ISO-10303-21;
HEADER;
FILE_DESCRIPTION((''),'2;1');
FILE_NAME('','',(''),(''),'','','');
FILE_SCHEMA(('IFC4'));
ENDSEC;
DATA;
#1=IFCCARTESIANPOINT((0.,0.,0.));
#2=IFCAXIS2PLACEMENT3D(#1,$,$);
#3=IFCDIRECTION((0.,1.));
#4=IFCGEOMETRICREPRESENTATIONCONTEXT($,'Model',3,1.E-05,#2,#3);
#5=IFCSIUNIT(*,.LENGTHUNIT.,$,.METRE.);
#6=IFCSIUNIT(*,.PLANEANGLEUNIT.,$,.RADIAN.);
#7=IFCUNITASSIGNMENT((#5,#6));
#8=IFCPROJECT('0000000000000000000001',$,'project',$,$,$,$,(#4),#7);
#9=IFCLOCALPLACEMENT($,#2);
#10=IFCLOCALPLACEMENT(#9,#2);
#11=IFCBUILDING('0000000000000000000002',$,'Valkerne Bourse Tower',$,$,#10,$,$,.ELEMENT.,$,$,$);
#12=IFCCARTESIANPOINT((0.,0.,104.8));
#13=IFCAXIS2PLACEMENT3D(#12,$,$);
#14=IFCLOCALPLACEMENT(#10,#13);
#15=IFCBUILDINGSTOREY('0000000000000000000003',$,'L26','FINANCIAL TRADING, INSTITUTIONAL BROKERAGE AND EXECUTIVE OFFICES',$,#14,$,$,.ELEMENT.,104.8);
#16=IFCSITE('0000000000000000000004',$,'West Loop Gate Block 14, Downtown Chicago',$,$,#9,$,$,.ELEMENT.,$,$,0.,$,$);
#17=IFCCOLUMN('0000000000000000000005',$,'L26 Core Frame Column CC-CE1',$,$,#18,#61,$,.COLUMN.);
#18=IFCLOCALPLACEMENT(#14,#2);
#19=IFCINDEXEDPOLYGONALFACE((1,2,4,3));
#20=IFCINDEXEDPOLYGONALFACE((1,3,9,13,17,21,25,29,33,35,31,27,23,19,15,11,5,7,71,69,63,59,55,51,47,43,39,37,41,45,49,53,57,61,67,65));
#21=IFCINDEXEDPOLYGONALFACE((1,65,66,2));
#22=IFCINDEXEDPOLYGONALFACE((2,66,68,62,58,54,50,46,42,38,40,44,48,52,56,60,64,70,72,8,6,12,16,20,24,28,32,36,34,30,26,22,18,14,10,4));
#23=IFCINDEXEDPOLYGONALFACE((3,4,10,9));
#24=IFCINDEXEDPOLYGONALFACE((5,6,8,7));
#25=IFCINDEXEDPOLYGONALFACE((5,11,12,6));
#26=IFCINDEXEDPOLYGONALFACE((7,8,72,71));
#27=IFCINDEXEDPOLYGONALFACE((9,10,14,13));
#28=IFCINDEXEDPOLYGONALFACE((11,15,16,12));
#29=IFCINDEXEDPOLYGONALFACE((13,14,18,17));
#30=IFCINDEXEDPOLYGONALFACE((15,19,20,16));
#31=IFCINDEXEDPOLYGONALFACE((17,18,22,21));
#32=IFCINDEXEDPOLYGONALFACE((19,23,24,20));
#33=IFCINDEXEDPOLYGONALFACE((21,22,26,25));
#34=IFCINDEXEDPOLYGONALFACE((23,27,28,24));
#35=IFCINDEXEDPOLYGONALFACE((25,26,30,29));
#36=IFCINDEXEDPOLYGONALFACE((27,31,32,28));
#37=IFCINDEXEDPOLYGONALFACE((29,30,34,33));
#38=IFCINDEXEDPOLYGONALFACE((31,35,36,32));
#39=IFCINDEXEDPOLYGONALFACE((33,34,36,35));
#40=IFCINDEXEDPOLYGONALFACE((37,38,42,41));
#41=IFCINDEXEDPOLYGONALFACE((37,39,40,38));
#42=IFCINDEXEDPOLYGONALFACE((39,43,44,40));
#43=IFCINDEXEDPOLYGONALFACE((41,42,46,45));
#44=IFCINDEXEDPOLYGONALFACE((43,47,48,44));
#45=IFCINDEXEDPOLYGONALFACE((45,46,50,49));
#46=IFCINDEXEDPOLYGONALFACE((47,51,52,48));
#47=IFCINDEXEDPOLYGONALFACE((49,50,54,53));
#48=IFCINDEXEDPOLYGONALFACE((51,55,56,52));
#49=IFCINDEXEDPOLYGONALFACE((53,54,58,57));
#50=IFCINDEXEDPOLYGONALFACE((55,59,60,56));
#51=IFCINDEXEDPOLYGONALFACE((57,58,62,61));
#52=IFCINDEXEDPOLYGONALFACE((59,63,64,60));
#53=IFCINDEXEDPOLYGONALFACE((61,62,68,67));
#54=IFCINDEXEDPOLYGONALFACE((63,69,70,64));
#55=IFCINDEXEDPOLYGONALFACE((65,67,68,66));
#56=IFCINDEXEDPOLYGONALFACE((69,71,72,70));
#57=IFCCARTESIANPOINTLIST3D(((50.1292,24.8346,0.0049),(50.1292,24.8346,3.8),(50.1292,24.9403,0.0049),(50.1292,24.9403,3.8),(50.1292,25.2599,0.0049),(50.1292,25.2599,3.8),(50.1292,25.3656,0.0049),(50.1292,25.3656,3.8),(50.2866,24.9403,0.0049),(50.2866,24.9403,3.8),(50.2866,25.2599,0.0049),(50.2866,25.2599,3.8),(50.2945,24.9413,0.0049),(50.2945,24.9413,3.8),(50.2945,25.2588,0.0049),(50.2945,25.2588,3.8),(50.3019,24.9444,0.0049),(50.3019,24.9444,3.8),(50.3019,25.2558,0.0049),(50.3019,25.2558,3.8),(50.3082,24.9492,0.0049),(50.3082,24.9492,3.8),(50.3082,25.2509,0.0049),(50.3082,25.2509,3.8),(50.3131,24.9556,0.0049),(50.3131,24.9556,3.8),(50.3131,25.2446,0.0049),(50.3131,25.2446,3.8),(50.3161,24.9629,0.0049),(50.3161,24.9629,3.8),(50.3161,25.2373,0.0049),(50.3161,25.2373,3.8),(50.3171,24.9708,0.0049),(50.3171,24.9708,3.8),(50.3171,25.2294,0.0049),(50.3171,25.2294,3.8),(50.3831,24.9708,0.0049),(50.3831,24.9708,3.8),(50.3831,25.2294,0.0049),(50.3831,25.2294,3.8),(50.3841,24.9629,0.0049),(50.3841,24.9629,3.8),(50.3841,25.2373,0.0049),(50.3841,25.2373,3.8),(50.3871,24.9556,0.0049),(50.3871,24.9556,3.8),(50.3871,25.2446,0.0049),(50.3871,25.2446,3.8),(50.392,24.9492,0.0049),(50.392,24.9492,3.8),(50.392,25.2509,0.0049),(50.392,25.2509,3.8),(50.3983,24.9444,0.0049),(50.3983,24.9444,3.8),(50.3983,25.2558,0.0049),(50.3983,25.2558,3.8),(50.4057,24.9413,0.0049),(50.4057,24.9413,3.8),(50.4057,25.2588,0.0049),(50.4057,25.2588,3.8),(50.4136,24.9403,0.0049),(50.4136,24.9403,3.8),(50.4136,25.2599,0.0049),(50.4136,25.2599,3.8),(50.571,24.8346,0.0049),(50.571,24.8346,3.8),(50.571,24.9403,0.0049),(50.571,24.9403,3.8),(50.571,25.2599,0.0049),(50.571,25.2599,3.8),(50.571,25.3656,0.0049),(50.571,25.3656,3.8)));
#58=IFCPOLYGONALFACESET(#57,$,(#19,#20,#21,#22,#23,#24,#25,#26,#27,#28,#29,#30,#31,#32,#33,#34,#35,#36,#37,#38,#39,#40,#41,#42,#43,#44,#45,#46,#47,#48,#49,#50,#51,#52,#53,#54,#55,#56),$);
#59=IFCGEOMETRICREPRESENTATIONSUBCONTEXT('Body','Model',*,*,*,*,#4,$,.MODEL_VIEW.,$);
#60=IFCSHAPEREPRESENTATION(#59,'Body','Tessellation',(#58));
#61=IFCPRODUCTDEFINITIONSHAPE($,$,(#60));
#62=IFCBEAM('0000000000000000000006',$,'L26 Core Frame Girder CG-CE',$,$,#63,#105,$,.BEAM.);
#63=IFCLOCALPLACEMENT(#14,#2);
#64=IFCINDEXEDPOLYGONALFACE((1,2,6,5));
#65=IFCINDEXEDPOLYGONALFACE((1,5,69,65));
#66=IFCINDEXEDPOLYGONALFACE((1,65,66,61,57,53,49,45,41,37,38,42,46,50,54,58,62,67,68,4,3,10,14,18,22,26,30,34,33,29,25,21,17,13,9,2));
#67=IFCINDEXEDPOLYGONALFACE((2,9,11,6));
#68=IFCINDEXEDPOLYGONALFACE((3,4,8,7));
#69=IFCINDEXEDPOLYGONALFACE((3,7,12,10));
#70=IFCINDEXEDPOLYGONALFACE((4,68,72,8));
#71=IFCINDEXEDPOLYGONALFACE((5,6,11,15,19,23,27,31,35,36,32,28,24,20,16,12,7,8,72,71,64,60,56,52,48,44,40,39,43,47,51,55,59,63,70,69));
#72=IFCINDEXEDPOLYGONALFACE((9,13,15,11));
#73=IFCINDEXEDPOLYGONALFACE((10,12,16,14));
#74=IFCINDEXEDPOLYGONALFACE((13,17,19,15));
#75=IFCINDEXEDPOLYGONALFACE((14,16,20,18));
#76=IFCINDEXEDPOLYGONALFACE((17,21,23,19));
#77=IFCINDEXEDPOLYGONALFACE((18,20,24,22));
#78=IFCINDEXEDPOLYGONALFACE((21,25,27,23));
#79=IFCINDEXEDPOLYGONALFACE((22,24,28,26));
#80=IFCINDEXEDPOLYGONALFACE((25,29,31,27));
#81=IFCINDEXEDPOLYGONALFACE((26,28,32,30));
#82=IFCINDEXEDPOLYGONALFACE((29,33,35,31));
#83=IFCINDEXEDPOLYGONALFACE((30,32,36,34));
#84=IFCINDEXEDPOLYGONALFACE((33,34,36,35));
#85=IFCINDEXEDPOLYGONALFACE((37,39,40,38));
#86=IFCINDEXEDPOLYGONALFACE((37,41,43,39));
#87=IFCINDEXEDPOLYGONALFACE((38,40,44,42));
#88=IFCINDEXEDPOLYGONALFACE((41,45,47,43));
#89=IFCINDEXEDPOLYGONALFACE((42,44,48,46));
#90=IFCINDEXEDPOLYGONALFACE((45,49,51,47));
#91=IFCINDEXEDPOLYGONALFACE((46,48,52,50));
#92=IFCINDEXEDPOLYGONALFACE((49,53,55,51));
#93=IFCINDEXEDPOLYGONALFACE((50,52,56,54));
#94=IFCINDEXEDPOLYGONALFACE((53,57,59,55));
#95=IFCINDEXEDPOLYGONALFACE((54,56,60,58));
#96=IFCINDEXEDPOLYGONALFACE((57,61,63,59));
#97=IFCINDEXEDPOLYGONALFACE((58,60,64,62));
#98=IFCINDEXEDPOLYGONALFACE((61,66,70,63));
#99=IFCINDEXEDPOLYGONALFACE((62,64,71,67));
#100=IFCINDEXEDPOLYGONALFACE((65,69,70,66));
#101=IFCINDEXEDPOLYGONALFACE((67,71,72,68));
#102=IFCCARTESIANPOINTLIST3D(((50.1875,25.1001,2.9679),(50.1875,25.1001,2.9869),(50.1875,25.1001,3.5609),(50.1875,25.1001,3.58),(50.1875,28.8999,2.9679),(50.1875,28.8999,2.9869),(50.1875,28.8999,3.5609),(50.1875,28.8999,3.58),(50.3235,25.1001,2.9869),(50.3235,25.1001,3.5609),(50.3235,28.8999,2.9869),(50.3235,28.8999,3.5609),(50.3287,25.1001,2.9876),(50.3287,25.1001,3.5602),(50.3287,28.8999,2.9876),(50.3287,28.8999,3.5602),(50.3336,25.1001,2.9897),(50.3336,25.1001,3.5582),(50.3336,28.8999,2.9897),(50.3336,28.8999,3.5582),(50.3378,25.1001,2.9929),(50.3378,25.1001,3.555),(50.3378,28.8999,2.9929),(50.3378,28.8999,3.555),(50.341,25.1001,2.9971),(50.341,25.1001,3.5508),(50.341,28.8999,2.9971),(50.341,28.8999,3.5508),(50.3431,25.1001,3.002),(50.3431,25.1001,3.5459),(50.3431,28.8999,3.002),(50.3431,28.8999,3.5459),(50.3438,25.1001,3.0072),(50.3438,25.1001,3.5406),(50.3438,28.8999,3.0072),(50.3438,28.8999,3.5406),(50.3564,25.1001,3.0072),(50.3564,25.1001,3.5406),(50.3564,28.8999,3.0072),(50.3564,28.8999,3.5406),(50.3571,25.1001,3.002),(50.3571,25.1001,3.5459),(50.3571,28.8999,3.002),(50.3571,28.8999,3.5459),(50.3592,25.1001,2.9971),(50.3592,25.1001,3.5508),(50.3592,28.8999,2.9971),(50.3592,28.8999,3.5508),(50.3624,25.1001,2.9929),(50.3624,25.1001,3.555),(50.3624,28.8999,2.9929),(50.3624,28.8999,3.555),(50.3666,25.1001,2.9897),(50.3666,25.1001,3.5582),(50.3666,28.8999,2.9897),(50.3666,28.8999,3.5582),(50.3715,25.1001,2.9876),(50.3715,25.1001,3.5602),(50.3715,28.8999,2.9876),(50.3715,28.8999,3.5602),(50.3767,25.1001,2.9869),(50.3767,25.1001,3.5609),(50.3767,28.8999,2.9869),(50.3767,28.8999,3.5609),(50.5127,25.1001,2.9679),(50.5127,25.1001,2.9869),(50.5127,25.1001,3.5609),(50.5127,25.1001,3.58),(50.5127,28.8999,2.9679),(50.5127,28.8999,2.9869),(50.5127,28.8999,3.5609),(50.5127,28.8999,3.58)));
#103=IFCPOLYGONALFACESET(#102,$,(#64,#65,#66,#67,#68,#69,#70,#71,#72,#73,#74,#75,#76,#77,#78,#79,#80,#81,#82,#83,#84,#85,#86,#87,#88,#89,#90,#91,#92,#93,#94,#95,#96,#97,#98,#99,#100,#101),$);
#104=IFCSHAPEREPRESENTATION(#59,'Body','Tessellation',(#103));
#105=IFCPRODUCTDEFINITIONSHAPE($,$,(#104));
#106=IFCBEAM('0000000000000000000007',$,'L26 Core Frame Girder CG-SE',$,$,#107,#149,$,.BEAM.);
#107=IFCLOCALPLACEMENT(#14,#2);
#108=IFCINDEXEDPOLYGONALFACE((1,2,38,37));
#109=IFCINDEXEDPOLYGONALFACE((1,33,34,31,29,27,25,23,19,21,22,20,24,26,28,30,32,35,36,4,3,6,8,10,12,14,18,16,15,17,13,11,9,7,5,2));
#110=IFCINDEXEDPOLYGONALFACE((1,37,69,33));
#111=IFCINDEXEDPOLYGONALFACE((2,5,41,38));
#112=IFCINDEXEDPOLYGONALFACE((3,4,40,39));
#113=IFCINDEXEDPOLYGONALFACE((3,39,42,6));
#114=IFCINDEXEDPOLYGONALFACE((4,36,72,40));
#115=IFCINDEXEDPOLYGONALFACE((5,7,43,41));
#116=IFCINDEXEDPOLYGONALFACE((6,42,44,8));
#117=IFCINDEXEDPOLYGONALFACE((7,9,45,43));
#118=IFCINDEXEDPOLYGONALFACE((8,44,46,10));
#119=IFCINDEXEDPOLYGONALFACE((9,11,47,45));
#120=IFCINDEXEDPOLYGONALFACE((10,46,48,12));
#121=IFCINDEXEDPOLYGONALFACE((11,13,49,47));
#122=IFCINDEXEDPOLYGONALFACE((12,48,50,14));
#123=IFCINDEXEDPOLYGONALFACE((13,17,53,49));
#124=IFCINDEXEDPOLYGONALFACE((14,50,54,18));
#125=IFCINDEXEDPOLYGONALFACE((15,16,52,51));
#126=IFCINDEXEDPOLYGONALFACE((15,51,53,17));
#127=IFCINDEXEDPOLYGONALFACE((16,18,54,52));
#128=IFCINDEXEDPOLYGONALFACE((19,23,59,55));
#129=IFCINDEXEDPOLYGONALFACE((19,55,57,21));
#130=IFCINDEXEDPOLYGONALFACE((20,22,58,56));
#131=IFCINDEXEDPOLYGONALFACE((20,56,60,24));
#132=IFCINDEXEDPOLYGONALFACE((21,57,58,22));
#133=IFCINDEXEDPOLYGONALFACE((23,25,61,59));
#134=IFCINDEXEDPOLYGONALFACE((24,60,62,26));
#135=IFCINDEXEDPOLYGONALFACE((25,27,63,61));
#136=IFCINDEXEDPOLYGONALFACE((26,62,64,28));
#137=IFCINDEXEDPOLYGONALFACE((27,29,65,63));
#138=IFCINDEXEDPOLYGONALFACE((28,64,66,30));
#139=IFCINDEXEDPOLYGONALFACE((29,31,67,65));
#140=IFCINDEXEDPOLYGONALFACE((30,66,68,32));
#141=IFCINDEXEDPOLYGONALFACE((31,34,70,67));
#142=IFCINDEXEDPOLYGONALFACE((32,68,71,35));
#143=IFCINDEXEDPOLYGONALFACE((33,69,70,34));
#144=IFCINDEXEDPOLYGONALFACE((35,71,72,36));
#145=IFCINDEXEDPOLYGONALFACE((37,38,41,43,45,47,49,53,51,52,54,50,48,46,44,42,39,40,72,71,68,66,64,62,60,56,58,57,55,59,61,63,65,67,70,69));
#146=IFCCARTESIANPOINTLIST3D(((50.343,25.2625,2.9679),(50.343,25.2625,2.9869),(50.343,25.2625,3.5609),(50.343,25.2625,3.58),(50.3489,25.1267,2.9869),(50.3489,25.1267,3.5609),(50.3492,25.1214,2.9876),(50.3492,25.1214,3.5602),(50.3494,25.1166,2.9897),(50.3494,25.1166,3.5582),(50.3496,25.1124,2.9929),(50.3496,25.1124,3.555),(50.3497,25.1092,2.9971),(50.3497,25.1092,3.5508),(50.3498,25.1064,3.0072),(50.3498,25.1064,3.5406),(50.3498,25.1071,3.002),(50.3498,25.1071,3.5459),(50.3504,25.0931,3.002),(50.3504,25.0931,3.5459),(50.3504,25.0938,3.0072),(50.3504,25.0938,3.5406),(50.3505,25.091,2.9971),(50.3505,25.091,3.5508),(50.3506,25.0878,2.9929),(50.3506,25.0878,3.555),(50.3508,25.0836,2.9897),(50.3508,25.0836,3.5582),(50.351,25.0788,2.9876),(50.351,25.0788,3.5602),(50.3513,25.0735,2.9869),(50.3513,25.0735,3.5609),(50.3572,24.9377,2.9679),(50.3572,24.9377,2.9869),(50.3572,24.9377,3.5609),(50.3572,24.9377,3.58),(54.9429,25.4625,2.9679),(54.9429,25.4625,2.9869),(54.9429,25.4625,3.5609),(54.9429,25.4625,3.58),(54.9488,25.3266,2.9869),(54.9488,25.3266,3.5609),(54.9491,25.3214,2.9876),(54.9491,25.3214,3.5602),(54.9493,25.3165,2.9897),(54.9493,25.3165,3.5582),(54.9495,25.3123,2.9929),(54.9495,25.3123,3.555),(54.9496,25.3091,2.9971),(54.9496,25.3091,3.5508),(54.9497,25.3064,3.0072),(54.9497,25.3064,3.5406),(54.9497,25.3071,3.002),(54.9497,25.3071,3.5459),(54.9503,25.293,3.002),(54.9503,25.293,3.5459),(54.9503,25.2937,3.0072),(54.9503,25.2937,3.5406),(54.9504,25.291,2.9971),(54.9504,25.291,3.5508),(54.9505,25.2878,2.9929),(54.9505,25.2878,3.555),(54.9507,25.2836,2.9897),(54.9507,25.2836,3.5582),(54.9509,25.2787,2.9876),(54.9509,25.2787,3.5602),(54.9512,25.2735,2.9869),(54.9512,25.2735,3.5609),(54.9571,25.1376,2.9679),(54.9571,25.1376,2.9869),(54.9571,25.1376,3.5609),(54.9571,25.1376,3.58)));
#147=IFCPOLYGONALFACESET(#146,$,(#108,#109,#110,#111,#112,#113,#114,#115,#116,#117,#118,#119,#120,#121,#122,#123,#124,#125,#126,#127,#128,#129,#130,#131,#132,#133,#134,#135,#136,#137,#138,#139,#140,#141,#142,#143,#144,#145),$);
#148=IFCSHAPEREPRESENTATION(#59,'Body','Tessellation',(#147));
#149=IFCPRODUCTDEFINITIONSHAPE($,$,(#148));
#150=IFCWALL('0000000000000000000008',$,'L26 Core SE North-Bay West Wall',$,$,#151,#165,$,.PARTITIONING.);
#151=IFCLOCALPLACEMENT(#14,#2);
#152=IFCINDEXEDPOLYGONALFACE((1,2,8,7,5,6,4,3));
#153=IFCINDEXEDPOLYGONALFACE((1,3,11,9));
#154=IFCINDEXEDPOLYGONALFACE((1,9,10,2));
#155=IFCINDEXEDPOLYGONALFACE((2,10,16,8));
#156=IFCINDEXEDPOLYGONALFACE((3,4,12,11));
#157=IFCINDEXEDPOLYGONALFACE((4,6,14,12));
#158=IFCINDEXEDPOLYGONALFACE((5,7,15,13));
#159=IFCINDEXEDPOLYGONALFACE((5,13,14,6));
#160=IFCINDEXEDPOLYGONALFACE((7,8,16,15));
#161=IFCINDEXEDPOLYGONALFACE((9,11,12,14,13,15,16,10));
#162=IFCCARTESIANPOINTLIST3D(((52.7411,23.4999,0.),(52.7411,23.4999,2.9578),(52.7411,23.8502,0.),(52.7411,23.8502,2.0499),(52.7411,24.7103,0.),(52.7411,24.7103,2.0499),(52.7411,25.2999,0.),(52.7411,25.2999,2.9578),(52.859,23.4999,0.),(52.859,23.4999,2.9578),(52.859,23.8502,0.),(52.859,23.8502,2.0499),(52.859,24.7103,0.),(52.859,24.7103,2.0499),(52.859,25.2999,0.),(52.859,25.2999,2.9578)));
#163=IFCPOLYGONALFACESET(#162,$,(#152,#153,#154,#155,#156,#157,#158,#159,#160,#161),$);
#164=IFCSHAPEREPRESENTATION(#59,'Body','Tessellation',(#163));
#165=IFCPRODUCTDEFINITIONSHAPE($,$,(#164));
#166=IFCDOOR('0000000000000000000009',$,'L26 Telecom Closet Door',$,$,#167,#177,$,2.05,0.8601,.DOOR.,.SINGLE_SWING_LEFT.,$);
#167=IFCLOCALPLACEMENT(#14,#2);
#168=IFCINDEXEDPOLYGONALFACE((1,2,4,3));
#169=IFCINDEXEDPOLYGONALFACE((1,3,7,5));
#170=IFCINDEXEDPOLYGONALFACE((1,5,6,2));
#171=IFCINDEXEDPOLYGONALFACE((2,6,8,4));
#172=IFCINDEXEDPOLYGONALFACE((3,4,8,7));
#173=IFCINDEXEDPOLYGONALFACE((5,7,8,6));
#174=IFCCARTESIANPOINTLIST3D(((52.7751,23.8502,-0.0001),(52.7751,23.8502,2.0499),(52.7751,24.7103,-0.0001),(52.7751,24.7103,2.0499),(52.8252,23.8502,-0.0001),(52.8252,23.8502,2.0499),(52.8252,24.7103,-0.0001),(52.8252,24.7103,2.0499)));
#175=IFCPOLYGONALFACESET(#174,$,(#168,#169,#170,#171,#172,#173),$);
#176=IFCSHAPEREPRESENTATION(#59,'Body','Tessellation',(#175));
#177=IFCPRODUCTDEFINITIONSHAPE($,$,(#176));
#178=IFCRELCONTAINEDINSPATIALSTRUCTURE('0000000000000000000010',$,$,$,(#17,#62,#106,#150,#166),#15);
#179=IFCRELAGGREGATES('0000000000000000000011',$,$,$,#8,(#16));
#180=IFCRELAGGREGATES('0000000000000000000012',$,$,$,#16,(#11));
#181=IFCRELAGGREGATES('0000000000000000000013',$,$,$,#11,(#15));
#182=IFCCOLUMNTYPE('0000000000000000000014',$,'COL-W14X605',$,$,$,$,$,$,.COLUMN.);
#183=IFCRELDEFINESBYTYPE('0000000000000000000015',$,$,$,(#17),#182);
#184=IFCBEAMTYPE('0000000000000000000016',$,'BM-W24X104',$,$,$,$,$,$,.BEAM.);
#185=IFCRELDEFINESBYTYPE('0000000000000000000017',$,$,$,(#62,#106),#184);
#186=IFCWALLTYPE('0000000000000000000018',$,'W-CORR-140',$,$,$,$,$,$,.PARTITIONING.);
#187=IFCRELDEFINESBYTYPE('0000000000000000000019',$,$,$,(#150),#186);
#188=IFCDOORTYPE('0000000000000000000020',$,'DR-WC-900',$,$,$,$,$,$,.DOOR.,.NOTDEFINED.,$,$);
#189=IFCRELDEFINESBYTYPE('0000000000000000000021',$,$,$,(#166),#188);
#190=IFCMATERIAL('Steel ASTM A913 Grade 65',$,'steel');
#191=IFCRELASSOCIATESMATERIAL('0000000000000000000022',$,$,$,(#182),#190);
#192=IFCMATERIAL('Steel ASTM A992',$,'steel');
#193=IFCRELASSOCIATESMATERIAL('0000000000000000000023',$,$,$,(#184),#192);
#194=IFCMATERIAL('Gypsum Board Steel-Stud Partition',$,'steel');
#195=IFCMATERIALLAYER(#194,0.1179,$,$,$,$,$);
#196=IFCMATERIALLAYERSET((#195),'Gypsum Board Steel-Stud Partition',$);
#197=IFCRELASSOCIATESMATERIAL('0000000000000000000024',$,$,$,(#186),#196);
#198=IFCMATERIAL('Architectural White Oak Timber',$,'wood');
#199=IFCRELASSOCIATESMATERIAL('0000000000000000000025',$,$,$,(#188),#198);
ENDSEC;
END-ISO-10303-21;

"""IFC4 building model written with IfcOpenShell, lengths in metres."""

from ifc_helpers import new_model, si_unit, direction, frame, frame_2d, origin, origin_2d, place, context, subcontext, project, spatial, rectangle, i_section, extrude, material, layer, layer_set, material_profile, profile_set, type_object, element, fill, save


model = new_model("IFC4")

# Units and contexts
model_context = context("Model", 3, precision=1e-05, world=origin(), true_north=direction((0.0, 1.0)))
body_context = subcontext(model_context, "Body", "Model", "MODEL_VIEW")
ifc_project = project(units=[si_unit("LENGTHUNIT", "METRE"), si_unit("PLANEANGLEUNIT", "RADIAN")], contexts=[model_context])

# Site, building, storey
site_placement = place(None, origin())
site = spatial("IfcSite", under=ifc_project, at=site_placement, Name="West Loop Gate Block 14, Downtown Chicago", CompositionType="ELEMENT", RefElevation=0.0)
building_placement = place(site_placement, origin())
building = spatial("IfcBuilding", under=site, at=building_placement, Name="Valkerne Bourse Tower", CompositionType="ELEMENT")
storey_placement = place(building_placement, frame((0.0, 0.0, 104.8)))
storey = spatial("IfcBuildingStorey", under=building, at=storey_placement, Name="L26", Description="FINANCIAL TRADING, INSTITUTIONAL BROKERAGE AND EXECUTIVE OFFICES", CompositionType="ELEMENT", Elevation=104.8)

# Column
ifc_material_1 = material(Name="Steel ASTM A913 Grade 65", Category="steel")
ifc_material_profile_1 = material_profile(ifc_material_1, i_section(OverallWidth=0.4419, OverallDepth=0.531, WebThickness=0.0659, FlangeThickness=0.1057, FilletRadius=0.0305, at=origin_2d()), Name="W14X605")
ifc_profile_set_1 = profile_set([ifc_material_profile_1], Name="Steel ASTM A913 Grade 65")
column_type = type_object("IfcColumnType", Name="COL-W14X605", PredefinedType="COLUMN", material=ifc_profile_set_1)
column_placement = place(storey_placement, frame((50.3501, 25.1001, 0.0049), z_axis=(0.0, 0.0, 1.0), x_axis=(1.0, 0.0, 0.0)))
element("IfcColumn", 1, at=column_placement, inside=storey, type_object=column_type, Name="L26 Core Frame Column CC-CE1", PredefinedType="COLUMN", context=body_context, shape_type="SweptSolid", body=[
    extrude(i_section(OverallWidth=0.4419, OverallDepth=0.531, WebThickness=0.0659, FlangeThickness=0.1057, FilletRadius=0.0305, at=origin_2d()), origin(), (0.0, 0.0, 1.0), 3.7952),
])

# Beams
ifc_material_2 = material(Name="Steel ASTM A992", Category="steel")
ifc_material_profile_2 = material_profile(ifc_material_2, i_section(OverallWidth=0.3252, OverallDepth=0.6121, WebThickness=0.0127, FlangeThickness=0.019, FilletRadius=0.0203, at=origin_2d()), Name="W24X104")
ifc_profile_set_2 = profile_set([ifc_material_profile_2], Name="Steel ASTM A992")
beam_type = type_object("IfcBeamType", Name="BM-W24X104", PredefinedType="BEAM", material=ifc_profile_set_2)
beam_1_placement = place(storey_placement, frame((50.3501, 25.1001, 3.2739), z_axis=(0.0, 1.0, 0.0), x_axis=(-1.0, 0.0, 0.0)))
element("IfcBeam", 2, at=beam_1_placement, inside=storey, type_object=beam_type, Name="L26 Core Frame Girder CG-CE", PredefinedType="BEAM", context=body_context, shape_type="SweptSolid", body=[
    extrude(i_section(OverallWidth=0.3252, OverallDepth=0.6121, WebThickness=0.0127, FlangeThickness=0.019, FilletRadius=0.0203, at=origin_2d()), origin(), (0.0, 0.0, 1.0), 3.7998),
])
beam_2_placement = place(storey_placement, frame((50.3501, 25.1001, 3.2739), z_axis=(0.999057, 0.043428, 0.0), x_axis=(-0.043428, 0.999057, 0.0)))
element("IfcBeam", 3, at=beam_2_placement, inside=storey, type_object=beam_type, Name="L26 Core Frame Girder CG-SE", PredefinedType="BEAM", context=body_context, shape_type="SweptSolid", body=[
    extrude(i_section(OverallWidth=0.3252, OverallDepth=0.6121, WebThickness=0.0127, FlangeThickness=0.019, FilletRadius=0.0203, at=origin_2d()), origin(), (0.0, 0.0, 1.0), 4.6042),
])

# Wall, opening, door
ifc_material_3 = material(Name="Gypsum Board Steel-Stud Partition", Category="steel")
ifc_layer_1 = layer(ifc_material_3, 0.1179)
ifc_layer_set_1 = layer_set([ifc_layer_1], Name="Gypsum Board Steel-Stud Partition")
wall_type_1 = type_object("IfcWallType", Name="W-CORR-140", PredefinedType="PARTITIONING", material=ifc_layer_set_1)
wall_1_placement = place(storey_placement, frame((52.8, 23.5, 0.0), z_axis=(0.0, 0.0, 1.0), x_axis=(0.0, 1.0, 0.0)))
wall_1 = element("IfcWall", 4, at=wall_1_placement, inside=storey, type_object=wall_type_1, Name="L26 Core SE North-Bay West Wall", PredefinedType="PARTITIONING", context=body_context, shape_type="SweptSolid", body=[
    extrude(rectangle(XDim=1.8, YDim=0.1179, at=frame_2d((0.8999, 0.0))), origin(), (0.0, 0.0, 1.0), 2.9578),
])
opening_1_placement = place(wall_1_placement, frame((0.3501, 0.0, 0.0)))
opening_1 = element("IfcOpeningElement", 5, at=opening_1_placement, cuts=wall_1, PredefinedType="OPENING", context=body_context, shape_type="SweptSolid", body=[
    extrude(rectangle(XDim=0.8601, YDim=2.05, at=frame_2d((0.4302, 1.0249))), frame((0.0, 0.0688, 0.0), z_axis=(0.0, -1.0, 0.0), x_axis=(1.0, 0.0, 0.0)), (0.0, 0.0, 1.0), 0.1379),
])
ifc_material_4 = material(Name="Architectural White Oak Timber", Category="wood")
door_type_1 = type_object("IfcDoorType", Name="DR-WC-900", OperationType="NOTDEFINED", PredefinedType="DOOR", material=ifc_material_4)
door_1_placement = place(opening_1_placement, origin())
door_1 = element("IfcDoor", 6, at=door_1_placement, inside=storey, type_object=door_type_1, Name="L26 Telecom Closet Door", OperationType="SINGLE_SWING_LEFT", OverallHeight=2.05, OverallWidth=0.8601, PredefinedType="DOOR", context=body_context, shape_type="SweptSolid", body=[
    extrude(rectangle(XDim=0.8601, YDim=2.05, at=frame_2d((0.4302, 1.0249))), frame((0.0, 0.0249, 0.0), z_axis=(0.0, -1.0, 0.0), x_axis=(1.0, 0.0, 0.0)), (0.0, 0.0, 1.0), 0.05),
])
fill(opening_1, door_1)

save(model, "model.ifc")
